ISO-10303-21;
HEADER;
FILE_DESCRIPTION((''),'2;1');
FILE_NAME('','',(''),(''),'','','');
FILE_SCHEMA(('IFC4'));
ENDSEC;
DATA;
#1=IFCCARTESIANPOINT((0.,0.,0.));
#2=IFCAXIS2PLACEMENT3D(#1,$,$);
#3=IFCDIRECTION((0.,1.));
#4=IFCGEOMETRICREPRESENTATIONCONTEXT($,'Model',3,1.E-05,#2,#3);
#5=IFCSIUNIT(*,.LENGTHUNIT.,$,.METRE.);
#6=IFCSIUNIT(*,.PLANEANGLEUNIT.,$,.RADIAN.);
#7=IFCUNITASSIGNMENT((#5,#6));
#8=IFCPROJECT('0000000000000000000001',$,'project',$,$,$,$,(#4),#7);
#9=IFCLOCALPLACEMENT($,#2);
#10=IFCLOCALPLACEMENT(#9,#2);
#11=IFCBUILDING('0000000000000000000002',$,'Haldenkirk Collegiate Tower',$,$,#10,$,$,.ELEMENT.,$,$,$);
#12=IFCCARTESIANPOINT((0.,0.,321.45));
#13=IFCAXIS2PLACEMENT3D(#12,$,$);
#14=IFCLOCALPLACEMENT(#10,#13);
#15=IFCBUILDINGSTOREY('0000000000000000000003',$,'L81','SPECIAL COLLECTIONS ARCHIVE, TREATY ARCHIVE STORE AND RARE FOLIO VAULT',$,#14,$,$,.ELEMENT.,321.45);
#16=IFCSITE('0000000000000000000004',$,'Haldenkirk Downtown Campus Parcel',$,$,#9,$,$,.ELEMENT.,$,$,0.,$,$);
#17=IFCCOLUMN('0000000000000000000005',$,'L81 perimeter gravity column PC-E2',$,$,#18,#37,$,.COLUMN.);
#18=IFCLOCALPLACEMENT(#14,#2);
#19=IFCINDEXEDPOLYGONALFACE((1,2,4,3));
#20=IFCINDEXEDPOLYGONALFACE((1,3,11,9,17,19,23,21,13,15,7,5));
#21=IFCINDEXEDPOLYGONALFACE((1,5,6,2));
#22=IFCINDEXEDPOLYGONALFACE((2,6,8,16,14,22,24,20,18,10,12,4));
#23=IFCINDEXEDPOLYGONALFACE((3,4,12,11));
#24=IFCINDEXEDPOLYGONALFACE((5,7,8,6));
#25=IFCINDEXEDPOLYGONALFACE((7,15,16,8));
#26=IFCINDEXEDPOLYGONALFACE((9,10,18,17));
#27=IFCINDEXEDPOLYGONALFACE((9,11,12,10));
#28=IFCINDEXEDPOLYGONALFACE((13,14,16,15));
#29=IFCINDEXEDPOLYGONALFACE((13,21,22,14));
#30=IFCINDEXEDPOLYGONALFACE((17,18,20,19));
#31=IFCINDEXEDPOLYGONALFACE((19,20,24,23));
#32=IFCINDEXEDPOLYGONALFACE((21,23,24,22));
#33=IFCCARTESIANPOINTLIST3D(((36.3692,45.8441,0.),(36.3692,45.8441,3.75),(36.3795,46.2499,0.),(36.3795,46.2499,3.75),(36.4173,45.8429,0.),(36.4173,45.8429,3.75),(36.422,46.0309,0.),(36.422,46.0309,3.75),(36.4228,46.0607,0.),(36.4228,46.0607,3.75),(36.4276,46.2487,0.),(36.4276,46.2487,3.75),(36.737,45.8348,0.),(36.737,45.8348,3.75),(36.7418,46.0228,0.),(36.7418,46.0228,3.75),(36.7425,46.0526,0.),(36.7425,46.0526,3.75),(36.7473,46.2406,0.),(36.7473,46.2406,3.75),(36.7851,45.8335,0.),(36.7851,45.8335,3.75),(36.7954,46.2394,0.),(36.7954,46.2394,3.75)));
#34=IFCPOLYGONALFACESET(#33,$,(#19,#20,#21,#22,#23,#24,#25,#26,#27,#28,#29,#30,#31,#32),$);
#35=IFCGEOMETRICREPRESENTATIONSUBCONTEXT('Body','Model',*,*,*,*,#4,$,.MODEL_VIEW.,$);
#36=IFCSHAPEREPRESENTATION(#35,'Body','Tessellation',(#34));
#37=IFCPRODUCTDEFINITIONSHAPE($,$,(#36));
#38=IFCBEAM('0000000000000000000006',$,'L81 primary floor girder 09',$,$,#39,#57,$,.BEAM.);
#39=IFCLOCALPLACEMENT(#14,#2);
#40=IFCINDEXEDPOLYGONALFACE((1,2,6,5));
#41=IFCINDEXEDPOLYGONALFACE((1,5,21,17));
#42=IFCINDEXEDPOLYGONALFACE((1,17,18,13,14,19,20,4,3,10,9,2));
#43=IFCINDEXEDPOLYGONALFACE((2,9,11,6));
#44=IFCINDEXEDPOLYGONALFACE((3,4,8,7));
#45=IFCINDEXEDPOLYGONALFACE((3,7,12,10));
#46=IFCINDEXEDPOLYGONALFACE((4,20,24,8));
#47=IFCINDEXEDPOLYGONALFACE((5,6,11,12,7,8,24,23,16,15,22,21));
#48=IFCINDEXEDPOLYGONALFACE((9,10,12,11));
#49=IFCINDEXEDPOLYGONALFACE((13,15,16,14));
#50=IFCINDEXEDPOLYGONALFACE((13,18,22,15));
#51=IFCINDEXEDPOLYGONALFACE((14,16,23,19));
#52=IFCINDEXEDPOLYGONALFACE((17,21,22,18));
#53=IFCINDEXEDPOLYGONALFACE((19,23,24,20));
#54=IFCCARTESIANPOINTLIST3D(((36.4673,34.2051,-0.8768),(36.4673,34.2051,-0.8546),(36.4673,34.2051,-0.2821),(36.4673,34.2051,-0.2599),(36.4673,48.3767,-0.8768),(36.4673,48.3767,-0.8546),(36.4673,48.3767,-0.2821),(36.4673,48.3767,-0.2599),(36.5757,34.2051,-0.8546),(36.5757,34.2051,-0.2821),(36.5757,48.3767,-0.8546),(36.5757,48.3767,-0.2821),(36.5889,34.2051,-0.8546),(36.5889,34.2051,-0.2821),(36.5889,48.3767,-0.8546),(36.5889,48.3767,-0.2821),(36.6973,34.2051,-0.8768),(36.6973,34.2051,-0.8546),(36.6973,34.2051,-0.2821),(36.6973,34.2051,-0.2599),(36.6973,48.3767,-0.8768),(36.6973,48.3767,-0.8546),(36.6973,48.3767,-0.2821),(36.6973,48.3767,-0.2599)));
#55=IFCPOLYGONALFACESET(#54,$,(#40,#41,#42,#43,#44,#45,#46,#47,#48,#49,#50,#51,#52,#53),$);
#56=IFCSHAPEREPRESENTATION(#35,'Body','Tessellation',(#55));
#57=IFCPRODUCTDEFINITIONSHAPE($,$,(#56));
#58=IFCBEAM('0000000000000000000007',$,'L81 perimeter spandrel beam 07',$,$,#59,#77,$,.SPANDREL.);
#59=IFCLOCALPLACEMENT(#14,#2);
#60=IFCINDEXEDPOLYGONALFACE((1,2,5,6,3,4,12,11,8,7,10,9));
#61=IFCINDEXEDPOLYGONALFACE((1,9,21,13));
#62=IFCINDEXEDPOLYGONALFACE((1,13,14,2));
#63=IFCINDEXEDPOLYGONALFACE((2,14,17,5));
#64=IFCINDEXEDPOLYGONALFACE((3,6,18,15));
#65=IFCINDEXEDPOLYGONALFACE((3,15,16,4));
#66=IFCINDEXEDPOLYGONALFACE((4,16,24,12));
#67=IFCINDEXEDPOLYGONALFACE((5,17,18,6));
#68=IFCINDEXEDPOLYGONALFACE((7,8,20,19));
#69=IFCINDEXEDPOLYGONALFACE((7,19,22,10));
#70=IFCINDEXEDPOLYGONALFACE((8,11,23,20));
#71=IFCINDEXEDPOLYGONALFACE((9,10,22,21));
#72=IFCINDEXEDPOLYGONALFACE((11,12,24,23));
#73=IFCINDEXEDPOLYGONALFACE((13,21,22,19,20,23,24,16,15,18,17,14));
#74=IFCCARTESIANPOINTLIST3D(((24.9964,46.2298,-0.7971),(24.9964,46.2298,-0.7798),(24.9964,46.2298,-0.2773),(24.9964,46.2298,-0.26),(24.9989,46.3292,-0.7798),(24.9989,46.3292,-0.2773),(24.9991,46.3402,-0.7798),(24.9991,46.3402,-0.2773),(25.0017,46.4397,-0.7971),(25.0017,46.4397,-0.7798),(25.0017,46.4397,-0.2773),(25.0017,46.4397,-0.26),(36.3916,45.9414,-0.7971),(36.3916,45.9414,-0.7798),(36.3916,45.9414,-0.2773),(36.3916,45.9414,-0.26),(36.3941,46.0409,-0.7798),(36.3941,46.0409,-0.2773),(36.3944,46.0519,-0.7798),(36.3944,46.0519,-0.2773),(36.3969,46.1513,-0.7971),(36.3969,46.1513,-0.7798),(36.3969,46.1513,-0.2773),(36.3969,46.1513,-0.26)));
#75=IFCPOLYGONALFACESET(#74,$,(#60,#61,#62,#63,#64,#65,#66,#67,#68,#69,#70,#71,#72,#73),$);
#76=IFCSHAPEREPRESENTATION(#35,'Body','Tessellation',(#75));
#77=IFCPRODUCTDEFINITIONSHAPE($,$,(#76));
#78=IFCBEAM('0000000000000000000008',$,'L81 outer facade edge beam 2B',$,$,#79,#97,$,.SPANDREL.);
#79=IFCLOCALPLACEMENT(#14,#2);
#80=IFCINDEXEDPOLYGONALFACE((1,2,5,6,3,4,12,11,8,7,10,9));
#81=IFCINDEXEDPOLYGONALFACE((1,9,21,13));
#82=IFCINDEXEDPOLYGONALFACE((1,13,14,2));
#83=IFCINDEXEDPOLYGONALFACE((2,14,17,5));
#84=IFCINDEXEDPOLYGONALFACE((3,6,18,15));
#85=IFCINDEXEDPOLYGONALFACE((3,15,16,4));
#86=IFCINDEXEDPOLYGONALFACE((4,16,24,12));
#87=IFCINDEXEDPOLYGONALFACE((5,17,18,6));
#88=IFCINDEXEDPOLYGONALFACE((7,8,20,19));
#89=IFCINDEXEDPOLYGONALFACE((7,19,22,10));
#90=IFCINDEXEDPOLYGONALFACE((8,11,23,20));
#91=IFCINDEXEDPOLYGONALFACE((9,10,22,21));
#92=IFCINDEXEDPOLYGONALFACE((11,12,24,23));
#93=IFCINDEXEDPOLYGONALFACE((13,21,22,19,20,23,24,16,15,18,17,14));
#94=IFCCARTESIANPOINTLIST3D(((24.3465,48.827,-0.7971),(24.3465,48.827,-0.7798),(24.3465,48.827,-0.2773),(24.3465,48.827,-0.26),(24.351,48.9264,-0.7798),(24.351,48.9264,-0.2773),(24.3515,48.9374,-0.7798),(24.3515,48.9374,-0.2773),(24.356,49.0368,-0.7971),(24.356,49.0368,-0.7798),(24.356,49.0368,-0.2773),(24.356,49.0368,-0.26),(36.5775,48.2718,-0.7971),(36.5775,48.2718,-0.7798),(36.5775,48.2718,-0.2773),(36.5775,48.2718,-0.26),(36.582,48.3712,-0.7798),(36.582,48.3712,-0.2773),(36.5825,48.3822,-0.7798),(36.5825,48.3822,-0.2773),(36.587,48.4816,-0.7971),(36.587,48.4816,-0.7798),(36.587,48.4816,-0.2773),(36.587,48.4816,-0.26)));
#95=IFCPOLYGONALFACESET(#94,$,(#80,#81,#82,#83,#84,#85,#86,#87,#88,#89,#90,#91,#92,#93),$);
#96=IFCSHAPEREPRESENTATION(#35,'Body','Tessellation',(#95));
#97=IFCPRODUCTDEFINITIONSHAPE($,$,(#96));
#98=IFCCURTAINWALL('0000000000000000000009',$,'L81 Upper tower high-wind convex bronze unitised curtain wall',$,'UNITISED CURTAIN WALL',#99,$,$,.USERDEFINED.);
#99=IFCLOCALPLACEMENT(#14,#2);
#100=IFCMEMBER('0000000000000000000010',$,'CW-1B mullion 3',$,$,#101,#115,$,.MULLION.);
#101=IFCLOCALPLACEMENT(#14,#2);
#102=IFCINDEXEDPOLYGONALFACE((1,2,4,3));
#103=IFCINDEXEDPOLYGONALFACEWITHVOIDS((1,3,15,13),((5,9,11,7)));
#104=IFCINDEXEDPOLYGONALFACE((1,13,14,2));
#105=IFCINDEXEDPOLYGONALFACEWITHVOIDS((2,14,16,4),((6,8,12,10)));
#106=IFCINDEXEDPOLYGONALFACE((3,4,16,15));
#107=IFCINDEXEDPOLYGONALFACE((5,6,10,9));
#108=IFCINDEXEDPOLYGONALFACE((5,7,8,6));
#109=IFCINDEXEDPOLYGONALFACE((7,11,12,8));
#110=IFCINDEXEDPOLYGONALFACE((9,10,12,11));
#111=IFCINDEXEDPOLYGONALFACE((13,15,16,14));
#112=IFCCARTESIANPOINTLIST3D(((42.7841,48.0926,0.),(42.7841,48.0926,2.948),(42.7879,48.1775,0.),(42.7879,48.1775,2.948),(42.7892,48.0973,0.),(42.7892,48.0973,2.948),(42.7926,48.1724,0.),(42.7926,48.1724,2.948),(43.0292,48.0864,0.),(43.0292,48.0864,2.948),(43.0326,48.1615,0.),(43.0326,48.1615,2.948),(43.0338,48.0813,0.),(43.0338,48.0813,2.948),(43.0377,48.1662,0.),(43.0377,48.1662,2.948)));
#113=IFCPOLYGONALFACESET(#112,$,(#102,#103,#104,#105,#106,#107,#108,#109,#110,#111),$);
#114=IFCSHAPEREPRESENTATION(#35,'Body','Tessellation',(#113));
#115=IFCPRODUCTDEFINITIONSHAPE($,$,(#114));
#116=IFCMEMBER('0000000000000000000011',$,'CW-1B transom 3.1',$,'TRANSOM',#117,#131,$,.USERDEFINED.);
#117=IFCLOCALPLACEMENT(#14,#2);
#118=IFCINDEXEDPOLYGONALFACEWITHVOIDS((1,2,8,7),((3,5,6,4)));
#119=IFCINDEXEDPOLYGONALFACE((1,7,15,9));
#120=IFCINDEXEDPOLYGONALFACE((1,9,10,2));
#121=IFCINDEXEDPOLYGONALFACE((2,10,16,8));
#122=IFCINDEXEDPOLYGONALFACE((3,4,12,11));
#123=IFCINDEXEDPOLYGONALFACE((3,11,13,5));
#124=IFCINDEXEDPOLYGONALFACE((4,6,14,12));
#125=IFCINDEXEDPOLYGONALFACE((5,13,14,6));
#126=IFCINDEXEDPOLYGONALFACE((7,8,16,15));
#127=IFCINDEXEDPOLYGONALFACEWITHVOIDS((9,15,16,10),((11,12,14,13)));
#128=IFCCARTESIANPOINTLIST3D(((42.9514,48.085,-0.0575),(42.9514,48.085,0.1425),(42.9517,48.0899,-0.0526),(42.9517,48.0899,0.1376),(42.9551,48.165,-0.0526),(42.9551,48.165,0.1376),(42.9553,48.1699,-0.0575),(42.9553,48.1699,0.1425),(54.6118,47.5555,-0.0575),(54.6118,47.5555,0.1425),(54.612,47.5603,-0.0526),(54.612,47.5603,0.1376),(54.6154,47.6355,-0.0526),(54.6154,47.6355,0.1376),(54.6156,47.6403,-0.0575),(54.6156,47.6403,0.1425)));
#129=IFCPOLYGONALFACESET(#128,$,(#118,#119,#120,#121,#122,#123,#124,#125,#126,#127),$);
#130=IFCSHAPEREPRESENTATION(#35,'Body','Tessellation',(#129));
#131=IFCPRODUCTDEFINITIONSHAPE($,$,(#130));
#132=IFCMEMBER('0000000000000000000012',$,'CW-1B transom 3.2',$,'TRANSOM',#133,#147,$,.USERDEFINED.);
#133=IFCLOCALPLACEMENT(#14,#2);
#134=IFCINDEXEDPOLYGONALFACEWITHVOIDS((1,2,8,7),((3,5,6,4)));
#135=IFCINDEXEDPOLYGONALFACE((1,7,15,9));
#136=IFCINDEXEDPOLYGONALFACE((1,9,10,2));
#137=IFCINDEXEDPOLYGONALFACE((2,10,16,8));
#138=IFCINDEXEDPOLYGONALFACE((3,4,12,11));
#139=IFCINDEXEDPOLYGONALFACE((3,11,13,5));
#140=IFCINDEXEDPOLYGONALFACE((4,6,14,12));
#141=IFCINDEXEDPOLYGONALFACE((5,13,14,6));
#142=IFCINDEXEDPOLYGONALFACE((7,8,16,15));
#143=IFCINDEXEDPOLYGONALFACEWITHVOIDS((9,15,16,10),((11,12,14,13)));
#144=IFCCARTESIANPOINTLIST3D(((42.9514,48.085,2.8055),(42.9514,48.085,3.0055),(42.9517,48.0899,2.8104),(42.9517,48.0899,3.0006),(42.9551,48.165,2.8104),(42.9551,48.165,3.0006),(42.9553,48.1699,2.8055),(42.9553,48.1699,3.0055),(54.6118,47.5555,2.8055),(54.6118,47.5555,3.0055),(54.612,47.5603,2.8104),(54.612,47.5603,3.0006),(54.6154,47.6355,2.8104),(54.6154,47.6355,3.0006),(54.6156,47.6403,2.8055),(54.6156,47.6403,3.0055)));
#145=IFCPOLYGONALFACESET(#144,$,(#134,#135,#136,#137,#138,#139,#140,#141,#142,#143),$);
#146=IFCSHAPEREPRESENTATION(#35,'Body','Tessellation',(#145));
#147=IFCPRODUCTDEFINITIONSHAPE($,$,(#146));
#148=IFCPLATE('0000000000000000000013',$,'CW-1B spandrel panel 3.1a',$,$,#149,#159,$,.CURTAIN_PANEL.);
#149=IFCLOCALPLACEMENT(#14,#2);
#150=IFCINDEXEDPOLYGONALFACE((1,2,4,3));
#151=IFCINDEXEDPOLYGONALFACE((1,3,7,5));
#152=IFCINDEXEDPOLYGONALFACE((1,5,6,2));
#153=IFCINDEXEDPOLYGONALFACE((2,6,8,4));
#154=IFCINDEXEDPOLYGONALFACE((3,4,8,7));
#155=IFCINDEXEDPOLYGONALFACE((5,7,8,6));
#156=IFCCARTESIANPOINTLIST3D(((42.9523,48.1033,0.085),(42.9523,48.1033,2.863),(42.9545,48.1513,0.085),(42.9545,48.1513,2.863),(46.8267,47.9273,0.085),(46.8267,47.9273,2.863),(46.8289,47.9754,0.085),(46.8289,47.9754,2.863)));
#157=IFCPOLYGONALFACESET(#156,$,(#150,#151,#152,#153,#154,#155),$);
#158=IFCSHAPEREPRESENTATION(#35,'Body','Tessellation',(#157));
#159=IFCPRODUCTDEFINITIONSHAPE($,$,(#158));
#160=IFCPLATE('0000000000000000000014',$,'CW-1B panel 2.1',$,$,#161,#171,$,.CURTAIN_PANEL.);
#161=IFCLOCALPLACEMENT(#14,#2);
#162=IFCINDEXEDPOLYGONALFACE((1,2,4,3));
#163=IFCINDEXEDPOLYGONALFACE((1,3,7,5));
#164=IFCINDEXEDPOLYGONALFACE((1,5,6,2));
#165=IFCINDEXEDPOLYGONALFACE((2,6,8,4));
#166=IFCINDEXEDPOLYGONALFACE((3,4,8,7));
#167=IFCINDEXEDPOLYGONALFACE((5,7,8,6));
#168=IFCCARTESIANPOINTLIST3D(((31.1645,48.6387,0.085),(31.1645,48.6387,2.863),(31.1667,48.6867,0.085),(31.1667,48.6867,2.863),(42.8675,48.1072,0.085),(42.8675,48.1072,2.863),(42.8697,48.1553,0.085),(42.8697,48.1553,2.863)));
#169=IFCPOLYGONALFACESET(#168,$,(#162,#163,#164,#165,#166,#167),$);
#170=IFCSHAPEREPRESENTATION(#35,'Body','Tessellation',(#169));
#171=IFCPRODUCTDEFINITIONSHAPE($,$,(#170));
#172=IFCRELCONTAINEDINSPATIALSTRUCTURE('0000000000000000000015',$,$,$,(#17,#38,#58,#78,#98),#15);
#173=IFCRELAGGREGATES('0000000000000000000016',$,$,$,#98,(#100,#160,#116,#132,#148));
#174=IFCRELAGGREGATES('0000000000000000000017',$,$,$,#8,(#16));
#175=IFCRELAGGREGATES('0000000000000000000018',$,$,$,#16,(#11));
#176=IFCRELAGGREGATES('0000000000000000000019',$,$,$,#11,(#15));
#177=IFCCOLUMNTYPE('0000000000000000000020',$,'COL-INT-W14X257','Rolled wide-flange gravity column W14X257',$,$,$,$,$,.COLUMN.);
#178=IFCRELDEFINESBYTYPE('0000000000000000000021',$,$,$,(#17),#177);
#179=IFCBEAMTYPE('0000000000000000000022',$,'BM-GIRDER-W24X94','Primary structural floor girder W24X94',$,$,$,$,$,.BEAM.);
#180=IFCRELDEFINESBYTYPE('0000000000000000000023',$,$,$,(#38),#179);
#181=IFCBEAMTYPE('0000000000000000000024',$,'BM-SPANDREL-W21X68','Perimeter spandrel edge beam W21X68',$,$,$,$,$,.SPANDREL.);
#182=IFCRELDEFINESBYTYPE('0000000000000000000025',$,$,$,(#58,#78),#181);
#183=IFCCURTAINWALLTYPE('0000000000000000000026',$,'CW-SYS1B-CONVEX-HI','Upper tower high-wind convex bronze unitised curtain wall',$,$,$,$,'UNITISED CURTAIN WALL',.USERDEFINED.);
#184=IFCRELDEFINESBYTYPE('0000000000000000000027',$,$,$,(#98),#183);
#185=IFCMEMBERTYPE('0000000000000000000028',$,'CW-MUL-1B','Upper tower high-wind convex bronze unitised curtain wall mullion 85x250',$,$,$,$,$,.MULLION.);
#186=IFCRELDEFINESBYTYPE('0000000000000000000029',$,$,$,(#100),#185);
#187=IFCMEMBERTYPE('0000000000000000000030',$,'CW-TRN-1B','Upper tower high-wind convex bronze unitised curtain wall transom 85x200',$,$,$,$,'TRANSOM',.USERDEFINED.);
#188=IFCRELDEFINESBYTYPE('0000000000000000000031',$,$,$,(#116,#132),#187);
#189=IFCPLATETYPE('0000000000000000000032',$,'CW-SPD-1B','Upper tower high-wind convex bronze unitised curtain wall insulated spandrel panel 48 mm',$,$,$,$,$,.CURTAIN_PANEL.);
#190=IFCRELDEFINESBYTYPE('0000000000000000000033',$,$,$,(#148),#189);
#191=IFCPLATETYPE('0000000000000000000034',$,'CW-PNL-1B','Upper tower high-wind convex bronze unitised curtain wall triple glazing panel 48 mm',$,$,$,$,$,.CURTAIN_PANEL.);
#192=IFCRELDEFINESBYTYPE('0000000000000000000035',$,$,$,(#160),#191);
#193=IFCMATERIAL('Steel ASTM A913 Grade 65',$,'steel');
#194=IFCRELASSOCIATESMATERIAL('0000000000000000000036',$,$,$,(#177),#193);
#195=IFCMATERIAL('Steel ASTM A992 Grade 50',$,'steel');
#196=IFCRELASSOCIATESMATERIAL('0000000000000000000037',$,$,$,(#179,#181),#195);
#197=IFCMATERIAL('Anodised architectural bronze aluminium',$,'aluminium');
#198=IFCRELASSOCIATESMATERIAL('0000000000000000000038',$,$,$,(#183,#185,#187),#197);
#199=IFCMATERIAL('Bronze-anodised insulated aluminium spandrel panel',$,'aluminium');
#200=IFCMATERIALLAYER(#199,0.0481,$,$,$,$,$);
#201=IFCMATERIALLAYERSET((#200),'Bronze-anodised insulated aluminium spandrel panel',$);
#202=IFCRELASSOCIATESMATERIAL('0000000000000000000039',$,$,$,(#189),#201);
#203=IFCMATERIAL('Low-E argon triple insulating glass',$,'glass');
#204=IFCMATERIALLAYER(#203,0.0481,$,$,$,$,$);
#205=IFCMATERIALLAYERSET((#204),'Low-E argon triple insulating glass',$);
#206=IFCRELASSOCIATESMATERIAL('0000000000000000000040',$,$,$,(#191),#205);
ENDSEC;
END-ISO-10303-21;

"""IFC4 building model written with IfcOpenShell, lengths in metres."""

from ifc_helpers import new_model, si_unit, direction, frame, origin, origin_2d, place, context, subcontext, project, spatial, rectangle, hollow_rectangle, i_section, extrude, source, transform, mapped, material, layer, layer_set, material_profile, profile_set, type_object, element, aggregate, save


model = new_model("IFC4")

# Units and contexts
model_context = context("Model", 3, precision=1e-05, world=origin(), true_north=direction((0.0, 1.0)))
body_context = subcontext(model_context, "Body", "Model", "MODEL_VIEW")
ifc_project = project(units=[si_unit("LENGTHUNIT", "METRE"), si_unit("PLANEANGLEUNIT", "RADIAN")], contexts=[model_context])

# Site, building, storey
site_placement = place(None, origin())
site = spatial("IfcSite", under=ifc_project, at=site_placement, Name="Haldenkirk Downtown Campus Parcel", CompositionType="ELEMENT", RefElevation=0.0)
building_placement = place(site_placement, origin())
building = spatial("IfcBuilding", under=site, at=building_placement, Name="Haldenkirk Collegiate Tower", CompositionType="ELEMENT")
storey_placement = place(building_placement, frame((0.0, 0.0, 321.45)))
storey = spatial("IfcBuildingStorey", under=building, at=storey_placement, Name="L81", Description="SPECIAL COLLECTIONS ARCHIVE, TREATY ARCHIVE STORE AND RARE FOLIO VAULT", CompositionType="ELEMENT", Elevation=321.45)

# Column
ifc_material_1 = material(Name="Steel ASTM A913 Grade 65", Category="steel")
ifc_material_profile_1 = material_profile(ifc_material_1, i_section(OverallWidth=0.406, OverallDepth=0.416, WebThickness=0.0298, FlangeThickness=0.0481, at=origin_2d()), Name="W14X257")
ifc_profile_set_1 = profile_set([ifc_material_profile_1], Name="Steel ASTM A913 Grade 65")
column_type = type_object("IfcColumnType", Name="COL-INT-W14X257", Description="Rolled wide-flange gravity column W14X257", PredefinedType="COLUMN", material=ifc_profile_set_1)
column_placement = place(storey_placement, frame((36.5823, 46.0417, 0.0), z_axis=(0.0, 0.0, 1.0), x_axis=(0.025305, 0.99968, 0.0)))
element("IfcColumn", 1, at=column_placement, inside=storey, type_object=column_type, Name="L81 perimeter gravity column PC-E2", PredefinedType="COLUMN", context=body_context, shape_type="SweptSolid", body=[
    extrude(i_section(OverallWidth=0.406, OverallDepth=0.416, WebThickness=0.0298, FlangeThickness=0.0481, at=origin_2d()), origin(), (0.0, 0.0, 1.0), 3.75),
])

# Beams
ifc_material_2 = material(Name="Steel ASTM A992 Grade 50", Category="steel")
ifc_material_profile_2 = material_profile(ifc_material_2, i_section(OverallWidth=0.23, OverallDepth=0.6169, WebThickness=0.0132, FlangeThickness=0.0222, at=origin_2d()), Name="W24X94")
ifc_profile_set_2 = profile_set([ifc_material_profile_2], Name="Steel ASTM A992 Grade 50")
beam_type_1 = type_object("IfcBeamType", Name="BM-GIRDER-W24X94", Description="Primary structural floor girder W24X94", PredefinedType="BEAM", material=ifc_profile_set_2)
beam_1_placement = place(storey_placement, frame((36.5823, 48.3767, -0.5684), z_axis=(0.0, -1.0, 0.0), x_axis=(1.0, 0.0, 0.0)))
element("IfcBeam", 2, at=beam_1_placement, inside=storey, type_object=beam_type_1, Name="L81 primary floor girder 09", PredefinedType="BEAM", context=body_context, shape_type="SweptSolid", body=[
    extrude(i_section(OverallWidth=0.23, OverallDepth=0.6169, WebThickness=0.0132, FlangeThickness=0.0222, at=origin_2d()), origin(), (0.0, 0.0, 1.0), 14.1716),
])
ifc_material_profile_3 = material_profile(ifc_material_2, i_section(OverallWidth=0.21, OverallDepth=0.5371, WebThickness=0.011, FlangeThickness=0.0173, at=origin_2d()), Name="W21X68")
ifc_profile_set_3 = profile_set([ifc_material_profile_3], Name="Steel ASTM A992 Grade 50")
beam_type_2 = type_object("IfcBeamType", Name="BM-SPANDREL-W21X68", Description="Perimeter spandrel edge beam W21X68", PredefinedType="SPANDREL", material=ifc_profile_set_3)
beam_2_placement = place(storey_placement, frame((36.3943, 46.0464, -0.5286), z_axis=(-0.99968, 0.025295, 0.0), x_axis=(-0.025295, -0.99968, 0.0)))
element("IfcBeam", 3, at=beam_2_placement, inside=storey, type_object=beam_type_2, Name="L81 perimeter spandrel beam 07", PredefinedType="SPANDREL", context=body_context, shape_type="SweptSolid", body=[
    extrude(i_section(OverallWidth=0.21, OverallDepth=0.5371, WebThickness=0.011, FlangeThickness=0.0173, at=origin_2d()), origin(), (0.0, 0.0, 1.0), 11.3989),
])
beam_3_placement = place(storey_placement, frame((36.5823, 48.3767, -0.5286), z_axis=(-0.998971, 0.045344, 0.0), x_axis=(-0.045344, -0.998971, 0.0)))
element("IfcBeam", 4, at=beam_3_placement, inside=storey, type_object=beam_type_2, Name="L81 outer facade edge beam 2B", PredefinedType="SPANDREL", context=body_context, shape_type="SweptSolid", body=[
    extrude(i_section(OverallWidth=0.21, OverallDepth=0.5371, WebThickness=0.011, FlangeThickness=0.0173, at=origin_2d()), origin(), (0.0, 0.0, 1.0), 12.2437),
])

# Curtain wall, members, plates
ifc_material_3 = material(Name="Anodised architectural bronze aluminium", Category="aluminium")
curtain_wall_type = type_object("IfcCurtainWallType", Name="CW-SYS1B-CONVEX-HI", Description="Upper tower high-wind convex bronze unitised curtain wall", ElementType="UNITISED CURTAIN WALL", PredefinedType="USERDEFINED", material=ifc_material_3)
curtain_wall_placement = place(storey_placement, origin())
curtain_wall = element("IfcCurtainWall", 5, at=curtain_wall_placement, inside=storey, type_object=curtain_wall_type, Name="L81 Upper tower high-wind convex bronze unitised curtain wall", ObjectType="UNITISED CURTAIN WALL", PredefinedType="USERDEFINED")
ifc_material_profile_4 = material_profile(ifc_material_3, hollow_rectangle(XDim=0.085, YDim=0.25, WallThickness=0.0049, at=origin_2d()), Name="CW-MUL-1B")
ifc_profile_set_4 = profile_set([ifc_material_profile_4], Name="Anodised architectural bronze aluminium")
member_type_1 = type_object("IfcMemberType", Name="CW-MUL-1B", Description="Upper tower high-wind convex bronze unitised curtain wall mullion 85x250", PredefinedType="MULLION", material=ifc_profile_set_4)
member_1_placement = place(storey_placement, frame((42.9109, 48.1294, 0.0), z_axis=(0.0, 0.0, 1.0), x_axis=(0.045364, 0.998971, 0.0)))
member_1 = element("IfcMember", 6, at=member_1_placement, type_object=member_type_1, Name="CW-1B mullion 3", PredefinedType="MULLION", context=body_context, shape_type="SweptSolid", body=[
    extrude(hollow_rectangle(XDim=0.085, YDim=0.25, WallThickness=0.0049, at=origin_2d()), origin(), (0.0, 0.0, 1.0), 2.948),
])
ifc_material_profile_5 = material_profile(ifc_material_3, hollow_rectangle(XDim=0.085, YDim=0.2, WallThickness=0.0049, at=origin_2d()), Name="CW-TRN-1B")
ifc_profile_set_5 = profile_set([ifc_material_profile_5], Name="Anodised architectural bronze aluminium")
member_type_2 = type_object("IfcMemberType", Name="CW-TRN-1B", Description="Upper tower high-wind convex bronze unitised curtain wall transom 85x200", ElementType="TRANSOM", PredefinedType="USERDEFINED", material=ifc_profile_set_5)
member_2_placement = place(storey_placement, frame((42.9534, 48.1274, 0.0425), z_axis=(0.99897, -0.045367, 0.0), x_axis=(0.045367, 0.99897, 0.0)))
member_2 = element("IfcMember", 7, at=member_2_placement, type_object=member_type_2, Name="CW-1B transom 3.1", ObjectType="TRANSOM", PredefinedType="USERDEFINED", context=body_context, shape_type="SweptSolid", body=[
    extrude(hollow_rectangle(XDim=0.085, YDim=0.2, WallThickness=0.0049, at=origin_2d()), origin(), (0.0, 0.0, 1.0), 11.6724),
])
member_3_placement = place(storey_placement, frame((42.9534, 48.1274, 2.9055), z_axis=(0.99897, -0.045367, 0.0), x_axis=(0.045367, 0.99897, 0.0)))
member_3 = element("IfcMember", 8, at=member_3_placement, type_object=member_type_2, Name="CW-1B transom 3.2", ObjectType="TRANSOM", PredefinedType="USERDEFINED", context=body_context, shape_type="SweptSolid", body=[
    extrude(hollow_rectangle(XDim=0.085, YDim=0.2, WallThickness=0.0049, at=origin_2d()), origin(), (0.0, 0.0, 1.0), 11.6724),
])
ifc_material_4 = material(Name="Bronze-anodised insulated aluminium spandrel panel", Category="aluminium")
ifc_layer_1 = layer(ifc_material_4, 0.0481)
ifc_layer_set_1 = layer_set([ifc_layer_1], Name="Bronze-anodised insulated aluminium spandrel panel")
plate_type_1 = type_object("IfcPlateType", Name="CW-SPD-1B", Description="Upper tower high-wind convex bronze unitised curtain wall insulated spandrel panel 48 mm", PredefinedType="CURTAIN_PANEL", material=ifc_layer_set_1)
shared_shape_1 = source(origin(), body_context, "Body", "SweptSolid", [
    extrude(rectangle(XDim=3.8784, YDim=0.0481, at=origin_2d()), origin(), (0.0, 0.0, 1.0), 2.7781),
])
plate_1_placement = place(storey_placement, frame((44.8906, 48.0393, 0.085), z_axis=(0.0, 0.0, 1.0), x_axis=(0.998971, -0.045364, 0.0)))
plate_1 = element("IfcPlate", 9, at=plate_1_placement, type_object=plate_type_1, Name="CW-1B spandrel panel 3.1a", PredefinedType="CURTAIN_PANEL", context=body_context, shape_type="MappedRepresentation", body=[
    mapped(shared_shape_1, transform((0.0, 0.0, 0.0), x_axis=(1.0, 0.0, 0.0), y_axis=(0.0, 1.0, 0.0), z_axis=(0.0, 0.0, 1.0), scale=1.0)),
])
ifc_material_5 = material(Name="Low-E argon triple insulating glass", Category="glass")
ifc_layer_2 = layer(ifc_material_5, 0.0481)
ifc_layer_set_2 = layer_set([ifc_layer_2], Name="Low-E argon triple insulating glass")
plate_type_2 = type_object("IfcPlateType", Name="CW-PNL-1B", Description="Upper tower high-wind convex bronze unitised curtain wall triple glazing panel 48 mm", PredefinedType="CURTAIN_PANEL", material=ifc_layer_set_2)
shared_shape_2 = source(origin(), body_context, "Body", "SweptSolid", [
    extrude(rectangle(XDim=11.7151, YDim=0.0481, at=origin_2d()), origin(), (0.0, 0.0, 1.0), 2.7781),
])
plate_2_placement = place(storey_placement, frame((37.0171, 48.397, 0.085), z_axis=(0.0, 0.0, 1.0), x_axis=(0.998971, -0.045364, 0.0)))
plate_2 = element("IfcPlate", 10, at=plate_2_placement, type_object=plate_type_2, Name="CW-1B panel 2.1", PredefinedType="CURTAIN_PANEL", context=body_context, shape_type="MappedRepresentation", body=[
    mapped(shared_shape_2, transform((0.0, 0.0, 0.0), x_axis=(1.0, 0.0, 0.0), y_axis=(0.0, 1.0, 0.0), z_axis=(0.0, 0.0, 1.0), scale=1.0)),
])
aggregate(curtain_wall, [member_1, plate_2, member_2, member_3, plate_1])

save(model, "model.ifc")
